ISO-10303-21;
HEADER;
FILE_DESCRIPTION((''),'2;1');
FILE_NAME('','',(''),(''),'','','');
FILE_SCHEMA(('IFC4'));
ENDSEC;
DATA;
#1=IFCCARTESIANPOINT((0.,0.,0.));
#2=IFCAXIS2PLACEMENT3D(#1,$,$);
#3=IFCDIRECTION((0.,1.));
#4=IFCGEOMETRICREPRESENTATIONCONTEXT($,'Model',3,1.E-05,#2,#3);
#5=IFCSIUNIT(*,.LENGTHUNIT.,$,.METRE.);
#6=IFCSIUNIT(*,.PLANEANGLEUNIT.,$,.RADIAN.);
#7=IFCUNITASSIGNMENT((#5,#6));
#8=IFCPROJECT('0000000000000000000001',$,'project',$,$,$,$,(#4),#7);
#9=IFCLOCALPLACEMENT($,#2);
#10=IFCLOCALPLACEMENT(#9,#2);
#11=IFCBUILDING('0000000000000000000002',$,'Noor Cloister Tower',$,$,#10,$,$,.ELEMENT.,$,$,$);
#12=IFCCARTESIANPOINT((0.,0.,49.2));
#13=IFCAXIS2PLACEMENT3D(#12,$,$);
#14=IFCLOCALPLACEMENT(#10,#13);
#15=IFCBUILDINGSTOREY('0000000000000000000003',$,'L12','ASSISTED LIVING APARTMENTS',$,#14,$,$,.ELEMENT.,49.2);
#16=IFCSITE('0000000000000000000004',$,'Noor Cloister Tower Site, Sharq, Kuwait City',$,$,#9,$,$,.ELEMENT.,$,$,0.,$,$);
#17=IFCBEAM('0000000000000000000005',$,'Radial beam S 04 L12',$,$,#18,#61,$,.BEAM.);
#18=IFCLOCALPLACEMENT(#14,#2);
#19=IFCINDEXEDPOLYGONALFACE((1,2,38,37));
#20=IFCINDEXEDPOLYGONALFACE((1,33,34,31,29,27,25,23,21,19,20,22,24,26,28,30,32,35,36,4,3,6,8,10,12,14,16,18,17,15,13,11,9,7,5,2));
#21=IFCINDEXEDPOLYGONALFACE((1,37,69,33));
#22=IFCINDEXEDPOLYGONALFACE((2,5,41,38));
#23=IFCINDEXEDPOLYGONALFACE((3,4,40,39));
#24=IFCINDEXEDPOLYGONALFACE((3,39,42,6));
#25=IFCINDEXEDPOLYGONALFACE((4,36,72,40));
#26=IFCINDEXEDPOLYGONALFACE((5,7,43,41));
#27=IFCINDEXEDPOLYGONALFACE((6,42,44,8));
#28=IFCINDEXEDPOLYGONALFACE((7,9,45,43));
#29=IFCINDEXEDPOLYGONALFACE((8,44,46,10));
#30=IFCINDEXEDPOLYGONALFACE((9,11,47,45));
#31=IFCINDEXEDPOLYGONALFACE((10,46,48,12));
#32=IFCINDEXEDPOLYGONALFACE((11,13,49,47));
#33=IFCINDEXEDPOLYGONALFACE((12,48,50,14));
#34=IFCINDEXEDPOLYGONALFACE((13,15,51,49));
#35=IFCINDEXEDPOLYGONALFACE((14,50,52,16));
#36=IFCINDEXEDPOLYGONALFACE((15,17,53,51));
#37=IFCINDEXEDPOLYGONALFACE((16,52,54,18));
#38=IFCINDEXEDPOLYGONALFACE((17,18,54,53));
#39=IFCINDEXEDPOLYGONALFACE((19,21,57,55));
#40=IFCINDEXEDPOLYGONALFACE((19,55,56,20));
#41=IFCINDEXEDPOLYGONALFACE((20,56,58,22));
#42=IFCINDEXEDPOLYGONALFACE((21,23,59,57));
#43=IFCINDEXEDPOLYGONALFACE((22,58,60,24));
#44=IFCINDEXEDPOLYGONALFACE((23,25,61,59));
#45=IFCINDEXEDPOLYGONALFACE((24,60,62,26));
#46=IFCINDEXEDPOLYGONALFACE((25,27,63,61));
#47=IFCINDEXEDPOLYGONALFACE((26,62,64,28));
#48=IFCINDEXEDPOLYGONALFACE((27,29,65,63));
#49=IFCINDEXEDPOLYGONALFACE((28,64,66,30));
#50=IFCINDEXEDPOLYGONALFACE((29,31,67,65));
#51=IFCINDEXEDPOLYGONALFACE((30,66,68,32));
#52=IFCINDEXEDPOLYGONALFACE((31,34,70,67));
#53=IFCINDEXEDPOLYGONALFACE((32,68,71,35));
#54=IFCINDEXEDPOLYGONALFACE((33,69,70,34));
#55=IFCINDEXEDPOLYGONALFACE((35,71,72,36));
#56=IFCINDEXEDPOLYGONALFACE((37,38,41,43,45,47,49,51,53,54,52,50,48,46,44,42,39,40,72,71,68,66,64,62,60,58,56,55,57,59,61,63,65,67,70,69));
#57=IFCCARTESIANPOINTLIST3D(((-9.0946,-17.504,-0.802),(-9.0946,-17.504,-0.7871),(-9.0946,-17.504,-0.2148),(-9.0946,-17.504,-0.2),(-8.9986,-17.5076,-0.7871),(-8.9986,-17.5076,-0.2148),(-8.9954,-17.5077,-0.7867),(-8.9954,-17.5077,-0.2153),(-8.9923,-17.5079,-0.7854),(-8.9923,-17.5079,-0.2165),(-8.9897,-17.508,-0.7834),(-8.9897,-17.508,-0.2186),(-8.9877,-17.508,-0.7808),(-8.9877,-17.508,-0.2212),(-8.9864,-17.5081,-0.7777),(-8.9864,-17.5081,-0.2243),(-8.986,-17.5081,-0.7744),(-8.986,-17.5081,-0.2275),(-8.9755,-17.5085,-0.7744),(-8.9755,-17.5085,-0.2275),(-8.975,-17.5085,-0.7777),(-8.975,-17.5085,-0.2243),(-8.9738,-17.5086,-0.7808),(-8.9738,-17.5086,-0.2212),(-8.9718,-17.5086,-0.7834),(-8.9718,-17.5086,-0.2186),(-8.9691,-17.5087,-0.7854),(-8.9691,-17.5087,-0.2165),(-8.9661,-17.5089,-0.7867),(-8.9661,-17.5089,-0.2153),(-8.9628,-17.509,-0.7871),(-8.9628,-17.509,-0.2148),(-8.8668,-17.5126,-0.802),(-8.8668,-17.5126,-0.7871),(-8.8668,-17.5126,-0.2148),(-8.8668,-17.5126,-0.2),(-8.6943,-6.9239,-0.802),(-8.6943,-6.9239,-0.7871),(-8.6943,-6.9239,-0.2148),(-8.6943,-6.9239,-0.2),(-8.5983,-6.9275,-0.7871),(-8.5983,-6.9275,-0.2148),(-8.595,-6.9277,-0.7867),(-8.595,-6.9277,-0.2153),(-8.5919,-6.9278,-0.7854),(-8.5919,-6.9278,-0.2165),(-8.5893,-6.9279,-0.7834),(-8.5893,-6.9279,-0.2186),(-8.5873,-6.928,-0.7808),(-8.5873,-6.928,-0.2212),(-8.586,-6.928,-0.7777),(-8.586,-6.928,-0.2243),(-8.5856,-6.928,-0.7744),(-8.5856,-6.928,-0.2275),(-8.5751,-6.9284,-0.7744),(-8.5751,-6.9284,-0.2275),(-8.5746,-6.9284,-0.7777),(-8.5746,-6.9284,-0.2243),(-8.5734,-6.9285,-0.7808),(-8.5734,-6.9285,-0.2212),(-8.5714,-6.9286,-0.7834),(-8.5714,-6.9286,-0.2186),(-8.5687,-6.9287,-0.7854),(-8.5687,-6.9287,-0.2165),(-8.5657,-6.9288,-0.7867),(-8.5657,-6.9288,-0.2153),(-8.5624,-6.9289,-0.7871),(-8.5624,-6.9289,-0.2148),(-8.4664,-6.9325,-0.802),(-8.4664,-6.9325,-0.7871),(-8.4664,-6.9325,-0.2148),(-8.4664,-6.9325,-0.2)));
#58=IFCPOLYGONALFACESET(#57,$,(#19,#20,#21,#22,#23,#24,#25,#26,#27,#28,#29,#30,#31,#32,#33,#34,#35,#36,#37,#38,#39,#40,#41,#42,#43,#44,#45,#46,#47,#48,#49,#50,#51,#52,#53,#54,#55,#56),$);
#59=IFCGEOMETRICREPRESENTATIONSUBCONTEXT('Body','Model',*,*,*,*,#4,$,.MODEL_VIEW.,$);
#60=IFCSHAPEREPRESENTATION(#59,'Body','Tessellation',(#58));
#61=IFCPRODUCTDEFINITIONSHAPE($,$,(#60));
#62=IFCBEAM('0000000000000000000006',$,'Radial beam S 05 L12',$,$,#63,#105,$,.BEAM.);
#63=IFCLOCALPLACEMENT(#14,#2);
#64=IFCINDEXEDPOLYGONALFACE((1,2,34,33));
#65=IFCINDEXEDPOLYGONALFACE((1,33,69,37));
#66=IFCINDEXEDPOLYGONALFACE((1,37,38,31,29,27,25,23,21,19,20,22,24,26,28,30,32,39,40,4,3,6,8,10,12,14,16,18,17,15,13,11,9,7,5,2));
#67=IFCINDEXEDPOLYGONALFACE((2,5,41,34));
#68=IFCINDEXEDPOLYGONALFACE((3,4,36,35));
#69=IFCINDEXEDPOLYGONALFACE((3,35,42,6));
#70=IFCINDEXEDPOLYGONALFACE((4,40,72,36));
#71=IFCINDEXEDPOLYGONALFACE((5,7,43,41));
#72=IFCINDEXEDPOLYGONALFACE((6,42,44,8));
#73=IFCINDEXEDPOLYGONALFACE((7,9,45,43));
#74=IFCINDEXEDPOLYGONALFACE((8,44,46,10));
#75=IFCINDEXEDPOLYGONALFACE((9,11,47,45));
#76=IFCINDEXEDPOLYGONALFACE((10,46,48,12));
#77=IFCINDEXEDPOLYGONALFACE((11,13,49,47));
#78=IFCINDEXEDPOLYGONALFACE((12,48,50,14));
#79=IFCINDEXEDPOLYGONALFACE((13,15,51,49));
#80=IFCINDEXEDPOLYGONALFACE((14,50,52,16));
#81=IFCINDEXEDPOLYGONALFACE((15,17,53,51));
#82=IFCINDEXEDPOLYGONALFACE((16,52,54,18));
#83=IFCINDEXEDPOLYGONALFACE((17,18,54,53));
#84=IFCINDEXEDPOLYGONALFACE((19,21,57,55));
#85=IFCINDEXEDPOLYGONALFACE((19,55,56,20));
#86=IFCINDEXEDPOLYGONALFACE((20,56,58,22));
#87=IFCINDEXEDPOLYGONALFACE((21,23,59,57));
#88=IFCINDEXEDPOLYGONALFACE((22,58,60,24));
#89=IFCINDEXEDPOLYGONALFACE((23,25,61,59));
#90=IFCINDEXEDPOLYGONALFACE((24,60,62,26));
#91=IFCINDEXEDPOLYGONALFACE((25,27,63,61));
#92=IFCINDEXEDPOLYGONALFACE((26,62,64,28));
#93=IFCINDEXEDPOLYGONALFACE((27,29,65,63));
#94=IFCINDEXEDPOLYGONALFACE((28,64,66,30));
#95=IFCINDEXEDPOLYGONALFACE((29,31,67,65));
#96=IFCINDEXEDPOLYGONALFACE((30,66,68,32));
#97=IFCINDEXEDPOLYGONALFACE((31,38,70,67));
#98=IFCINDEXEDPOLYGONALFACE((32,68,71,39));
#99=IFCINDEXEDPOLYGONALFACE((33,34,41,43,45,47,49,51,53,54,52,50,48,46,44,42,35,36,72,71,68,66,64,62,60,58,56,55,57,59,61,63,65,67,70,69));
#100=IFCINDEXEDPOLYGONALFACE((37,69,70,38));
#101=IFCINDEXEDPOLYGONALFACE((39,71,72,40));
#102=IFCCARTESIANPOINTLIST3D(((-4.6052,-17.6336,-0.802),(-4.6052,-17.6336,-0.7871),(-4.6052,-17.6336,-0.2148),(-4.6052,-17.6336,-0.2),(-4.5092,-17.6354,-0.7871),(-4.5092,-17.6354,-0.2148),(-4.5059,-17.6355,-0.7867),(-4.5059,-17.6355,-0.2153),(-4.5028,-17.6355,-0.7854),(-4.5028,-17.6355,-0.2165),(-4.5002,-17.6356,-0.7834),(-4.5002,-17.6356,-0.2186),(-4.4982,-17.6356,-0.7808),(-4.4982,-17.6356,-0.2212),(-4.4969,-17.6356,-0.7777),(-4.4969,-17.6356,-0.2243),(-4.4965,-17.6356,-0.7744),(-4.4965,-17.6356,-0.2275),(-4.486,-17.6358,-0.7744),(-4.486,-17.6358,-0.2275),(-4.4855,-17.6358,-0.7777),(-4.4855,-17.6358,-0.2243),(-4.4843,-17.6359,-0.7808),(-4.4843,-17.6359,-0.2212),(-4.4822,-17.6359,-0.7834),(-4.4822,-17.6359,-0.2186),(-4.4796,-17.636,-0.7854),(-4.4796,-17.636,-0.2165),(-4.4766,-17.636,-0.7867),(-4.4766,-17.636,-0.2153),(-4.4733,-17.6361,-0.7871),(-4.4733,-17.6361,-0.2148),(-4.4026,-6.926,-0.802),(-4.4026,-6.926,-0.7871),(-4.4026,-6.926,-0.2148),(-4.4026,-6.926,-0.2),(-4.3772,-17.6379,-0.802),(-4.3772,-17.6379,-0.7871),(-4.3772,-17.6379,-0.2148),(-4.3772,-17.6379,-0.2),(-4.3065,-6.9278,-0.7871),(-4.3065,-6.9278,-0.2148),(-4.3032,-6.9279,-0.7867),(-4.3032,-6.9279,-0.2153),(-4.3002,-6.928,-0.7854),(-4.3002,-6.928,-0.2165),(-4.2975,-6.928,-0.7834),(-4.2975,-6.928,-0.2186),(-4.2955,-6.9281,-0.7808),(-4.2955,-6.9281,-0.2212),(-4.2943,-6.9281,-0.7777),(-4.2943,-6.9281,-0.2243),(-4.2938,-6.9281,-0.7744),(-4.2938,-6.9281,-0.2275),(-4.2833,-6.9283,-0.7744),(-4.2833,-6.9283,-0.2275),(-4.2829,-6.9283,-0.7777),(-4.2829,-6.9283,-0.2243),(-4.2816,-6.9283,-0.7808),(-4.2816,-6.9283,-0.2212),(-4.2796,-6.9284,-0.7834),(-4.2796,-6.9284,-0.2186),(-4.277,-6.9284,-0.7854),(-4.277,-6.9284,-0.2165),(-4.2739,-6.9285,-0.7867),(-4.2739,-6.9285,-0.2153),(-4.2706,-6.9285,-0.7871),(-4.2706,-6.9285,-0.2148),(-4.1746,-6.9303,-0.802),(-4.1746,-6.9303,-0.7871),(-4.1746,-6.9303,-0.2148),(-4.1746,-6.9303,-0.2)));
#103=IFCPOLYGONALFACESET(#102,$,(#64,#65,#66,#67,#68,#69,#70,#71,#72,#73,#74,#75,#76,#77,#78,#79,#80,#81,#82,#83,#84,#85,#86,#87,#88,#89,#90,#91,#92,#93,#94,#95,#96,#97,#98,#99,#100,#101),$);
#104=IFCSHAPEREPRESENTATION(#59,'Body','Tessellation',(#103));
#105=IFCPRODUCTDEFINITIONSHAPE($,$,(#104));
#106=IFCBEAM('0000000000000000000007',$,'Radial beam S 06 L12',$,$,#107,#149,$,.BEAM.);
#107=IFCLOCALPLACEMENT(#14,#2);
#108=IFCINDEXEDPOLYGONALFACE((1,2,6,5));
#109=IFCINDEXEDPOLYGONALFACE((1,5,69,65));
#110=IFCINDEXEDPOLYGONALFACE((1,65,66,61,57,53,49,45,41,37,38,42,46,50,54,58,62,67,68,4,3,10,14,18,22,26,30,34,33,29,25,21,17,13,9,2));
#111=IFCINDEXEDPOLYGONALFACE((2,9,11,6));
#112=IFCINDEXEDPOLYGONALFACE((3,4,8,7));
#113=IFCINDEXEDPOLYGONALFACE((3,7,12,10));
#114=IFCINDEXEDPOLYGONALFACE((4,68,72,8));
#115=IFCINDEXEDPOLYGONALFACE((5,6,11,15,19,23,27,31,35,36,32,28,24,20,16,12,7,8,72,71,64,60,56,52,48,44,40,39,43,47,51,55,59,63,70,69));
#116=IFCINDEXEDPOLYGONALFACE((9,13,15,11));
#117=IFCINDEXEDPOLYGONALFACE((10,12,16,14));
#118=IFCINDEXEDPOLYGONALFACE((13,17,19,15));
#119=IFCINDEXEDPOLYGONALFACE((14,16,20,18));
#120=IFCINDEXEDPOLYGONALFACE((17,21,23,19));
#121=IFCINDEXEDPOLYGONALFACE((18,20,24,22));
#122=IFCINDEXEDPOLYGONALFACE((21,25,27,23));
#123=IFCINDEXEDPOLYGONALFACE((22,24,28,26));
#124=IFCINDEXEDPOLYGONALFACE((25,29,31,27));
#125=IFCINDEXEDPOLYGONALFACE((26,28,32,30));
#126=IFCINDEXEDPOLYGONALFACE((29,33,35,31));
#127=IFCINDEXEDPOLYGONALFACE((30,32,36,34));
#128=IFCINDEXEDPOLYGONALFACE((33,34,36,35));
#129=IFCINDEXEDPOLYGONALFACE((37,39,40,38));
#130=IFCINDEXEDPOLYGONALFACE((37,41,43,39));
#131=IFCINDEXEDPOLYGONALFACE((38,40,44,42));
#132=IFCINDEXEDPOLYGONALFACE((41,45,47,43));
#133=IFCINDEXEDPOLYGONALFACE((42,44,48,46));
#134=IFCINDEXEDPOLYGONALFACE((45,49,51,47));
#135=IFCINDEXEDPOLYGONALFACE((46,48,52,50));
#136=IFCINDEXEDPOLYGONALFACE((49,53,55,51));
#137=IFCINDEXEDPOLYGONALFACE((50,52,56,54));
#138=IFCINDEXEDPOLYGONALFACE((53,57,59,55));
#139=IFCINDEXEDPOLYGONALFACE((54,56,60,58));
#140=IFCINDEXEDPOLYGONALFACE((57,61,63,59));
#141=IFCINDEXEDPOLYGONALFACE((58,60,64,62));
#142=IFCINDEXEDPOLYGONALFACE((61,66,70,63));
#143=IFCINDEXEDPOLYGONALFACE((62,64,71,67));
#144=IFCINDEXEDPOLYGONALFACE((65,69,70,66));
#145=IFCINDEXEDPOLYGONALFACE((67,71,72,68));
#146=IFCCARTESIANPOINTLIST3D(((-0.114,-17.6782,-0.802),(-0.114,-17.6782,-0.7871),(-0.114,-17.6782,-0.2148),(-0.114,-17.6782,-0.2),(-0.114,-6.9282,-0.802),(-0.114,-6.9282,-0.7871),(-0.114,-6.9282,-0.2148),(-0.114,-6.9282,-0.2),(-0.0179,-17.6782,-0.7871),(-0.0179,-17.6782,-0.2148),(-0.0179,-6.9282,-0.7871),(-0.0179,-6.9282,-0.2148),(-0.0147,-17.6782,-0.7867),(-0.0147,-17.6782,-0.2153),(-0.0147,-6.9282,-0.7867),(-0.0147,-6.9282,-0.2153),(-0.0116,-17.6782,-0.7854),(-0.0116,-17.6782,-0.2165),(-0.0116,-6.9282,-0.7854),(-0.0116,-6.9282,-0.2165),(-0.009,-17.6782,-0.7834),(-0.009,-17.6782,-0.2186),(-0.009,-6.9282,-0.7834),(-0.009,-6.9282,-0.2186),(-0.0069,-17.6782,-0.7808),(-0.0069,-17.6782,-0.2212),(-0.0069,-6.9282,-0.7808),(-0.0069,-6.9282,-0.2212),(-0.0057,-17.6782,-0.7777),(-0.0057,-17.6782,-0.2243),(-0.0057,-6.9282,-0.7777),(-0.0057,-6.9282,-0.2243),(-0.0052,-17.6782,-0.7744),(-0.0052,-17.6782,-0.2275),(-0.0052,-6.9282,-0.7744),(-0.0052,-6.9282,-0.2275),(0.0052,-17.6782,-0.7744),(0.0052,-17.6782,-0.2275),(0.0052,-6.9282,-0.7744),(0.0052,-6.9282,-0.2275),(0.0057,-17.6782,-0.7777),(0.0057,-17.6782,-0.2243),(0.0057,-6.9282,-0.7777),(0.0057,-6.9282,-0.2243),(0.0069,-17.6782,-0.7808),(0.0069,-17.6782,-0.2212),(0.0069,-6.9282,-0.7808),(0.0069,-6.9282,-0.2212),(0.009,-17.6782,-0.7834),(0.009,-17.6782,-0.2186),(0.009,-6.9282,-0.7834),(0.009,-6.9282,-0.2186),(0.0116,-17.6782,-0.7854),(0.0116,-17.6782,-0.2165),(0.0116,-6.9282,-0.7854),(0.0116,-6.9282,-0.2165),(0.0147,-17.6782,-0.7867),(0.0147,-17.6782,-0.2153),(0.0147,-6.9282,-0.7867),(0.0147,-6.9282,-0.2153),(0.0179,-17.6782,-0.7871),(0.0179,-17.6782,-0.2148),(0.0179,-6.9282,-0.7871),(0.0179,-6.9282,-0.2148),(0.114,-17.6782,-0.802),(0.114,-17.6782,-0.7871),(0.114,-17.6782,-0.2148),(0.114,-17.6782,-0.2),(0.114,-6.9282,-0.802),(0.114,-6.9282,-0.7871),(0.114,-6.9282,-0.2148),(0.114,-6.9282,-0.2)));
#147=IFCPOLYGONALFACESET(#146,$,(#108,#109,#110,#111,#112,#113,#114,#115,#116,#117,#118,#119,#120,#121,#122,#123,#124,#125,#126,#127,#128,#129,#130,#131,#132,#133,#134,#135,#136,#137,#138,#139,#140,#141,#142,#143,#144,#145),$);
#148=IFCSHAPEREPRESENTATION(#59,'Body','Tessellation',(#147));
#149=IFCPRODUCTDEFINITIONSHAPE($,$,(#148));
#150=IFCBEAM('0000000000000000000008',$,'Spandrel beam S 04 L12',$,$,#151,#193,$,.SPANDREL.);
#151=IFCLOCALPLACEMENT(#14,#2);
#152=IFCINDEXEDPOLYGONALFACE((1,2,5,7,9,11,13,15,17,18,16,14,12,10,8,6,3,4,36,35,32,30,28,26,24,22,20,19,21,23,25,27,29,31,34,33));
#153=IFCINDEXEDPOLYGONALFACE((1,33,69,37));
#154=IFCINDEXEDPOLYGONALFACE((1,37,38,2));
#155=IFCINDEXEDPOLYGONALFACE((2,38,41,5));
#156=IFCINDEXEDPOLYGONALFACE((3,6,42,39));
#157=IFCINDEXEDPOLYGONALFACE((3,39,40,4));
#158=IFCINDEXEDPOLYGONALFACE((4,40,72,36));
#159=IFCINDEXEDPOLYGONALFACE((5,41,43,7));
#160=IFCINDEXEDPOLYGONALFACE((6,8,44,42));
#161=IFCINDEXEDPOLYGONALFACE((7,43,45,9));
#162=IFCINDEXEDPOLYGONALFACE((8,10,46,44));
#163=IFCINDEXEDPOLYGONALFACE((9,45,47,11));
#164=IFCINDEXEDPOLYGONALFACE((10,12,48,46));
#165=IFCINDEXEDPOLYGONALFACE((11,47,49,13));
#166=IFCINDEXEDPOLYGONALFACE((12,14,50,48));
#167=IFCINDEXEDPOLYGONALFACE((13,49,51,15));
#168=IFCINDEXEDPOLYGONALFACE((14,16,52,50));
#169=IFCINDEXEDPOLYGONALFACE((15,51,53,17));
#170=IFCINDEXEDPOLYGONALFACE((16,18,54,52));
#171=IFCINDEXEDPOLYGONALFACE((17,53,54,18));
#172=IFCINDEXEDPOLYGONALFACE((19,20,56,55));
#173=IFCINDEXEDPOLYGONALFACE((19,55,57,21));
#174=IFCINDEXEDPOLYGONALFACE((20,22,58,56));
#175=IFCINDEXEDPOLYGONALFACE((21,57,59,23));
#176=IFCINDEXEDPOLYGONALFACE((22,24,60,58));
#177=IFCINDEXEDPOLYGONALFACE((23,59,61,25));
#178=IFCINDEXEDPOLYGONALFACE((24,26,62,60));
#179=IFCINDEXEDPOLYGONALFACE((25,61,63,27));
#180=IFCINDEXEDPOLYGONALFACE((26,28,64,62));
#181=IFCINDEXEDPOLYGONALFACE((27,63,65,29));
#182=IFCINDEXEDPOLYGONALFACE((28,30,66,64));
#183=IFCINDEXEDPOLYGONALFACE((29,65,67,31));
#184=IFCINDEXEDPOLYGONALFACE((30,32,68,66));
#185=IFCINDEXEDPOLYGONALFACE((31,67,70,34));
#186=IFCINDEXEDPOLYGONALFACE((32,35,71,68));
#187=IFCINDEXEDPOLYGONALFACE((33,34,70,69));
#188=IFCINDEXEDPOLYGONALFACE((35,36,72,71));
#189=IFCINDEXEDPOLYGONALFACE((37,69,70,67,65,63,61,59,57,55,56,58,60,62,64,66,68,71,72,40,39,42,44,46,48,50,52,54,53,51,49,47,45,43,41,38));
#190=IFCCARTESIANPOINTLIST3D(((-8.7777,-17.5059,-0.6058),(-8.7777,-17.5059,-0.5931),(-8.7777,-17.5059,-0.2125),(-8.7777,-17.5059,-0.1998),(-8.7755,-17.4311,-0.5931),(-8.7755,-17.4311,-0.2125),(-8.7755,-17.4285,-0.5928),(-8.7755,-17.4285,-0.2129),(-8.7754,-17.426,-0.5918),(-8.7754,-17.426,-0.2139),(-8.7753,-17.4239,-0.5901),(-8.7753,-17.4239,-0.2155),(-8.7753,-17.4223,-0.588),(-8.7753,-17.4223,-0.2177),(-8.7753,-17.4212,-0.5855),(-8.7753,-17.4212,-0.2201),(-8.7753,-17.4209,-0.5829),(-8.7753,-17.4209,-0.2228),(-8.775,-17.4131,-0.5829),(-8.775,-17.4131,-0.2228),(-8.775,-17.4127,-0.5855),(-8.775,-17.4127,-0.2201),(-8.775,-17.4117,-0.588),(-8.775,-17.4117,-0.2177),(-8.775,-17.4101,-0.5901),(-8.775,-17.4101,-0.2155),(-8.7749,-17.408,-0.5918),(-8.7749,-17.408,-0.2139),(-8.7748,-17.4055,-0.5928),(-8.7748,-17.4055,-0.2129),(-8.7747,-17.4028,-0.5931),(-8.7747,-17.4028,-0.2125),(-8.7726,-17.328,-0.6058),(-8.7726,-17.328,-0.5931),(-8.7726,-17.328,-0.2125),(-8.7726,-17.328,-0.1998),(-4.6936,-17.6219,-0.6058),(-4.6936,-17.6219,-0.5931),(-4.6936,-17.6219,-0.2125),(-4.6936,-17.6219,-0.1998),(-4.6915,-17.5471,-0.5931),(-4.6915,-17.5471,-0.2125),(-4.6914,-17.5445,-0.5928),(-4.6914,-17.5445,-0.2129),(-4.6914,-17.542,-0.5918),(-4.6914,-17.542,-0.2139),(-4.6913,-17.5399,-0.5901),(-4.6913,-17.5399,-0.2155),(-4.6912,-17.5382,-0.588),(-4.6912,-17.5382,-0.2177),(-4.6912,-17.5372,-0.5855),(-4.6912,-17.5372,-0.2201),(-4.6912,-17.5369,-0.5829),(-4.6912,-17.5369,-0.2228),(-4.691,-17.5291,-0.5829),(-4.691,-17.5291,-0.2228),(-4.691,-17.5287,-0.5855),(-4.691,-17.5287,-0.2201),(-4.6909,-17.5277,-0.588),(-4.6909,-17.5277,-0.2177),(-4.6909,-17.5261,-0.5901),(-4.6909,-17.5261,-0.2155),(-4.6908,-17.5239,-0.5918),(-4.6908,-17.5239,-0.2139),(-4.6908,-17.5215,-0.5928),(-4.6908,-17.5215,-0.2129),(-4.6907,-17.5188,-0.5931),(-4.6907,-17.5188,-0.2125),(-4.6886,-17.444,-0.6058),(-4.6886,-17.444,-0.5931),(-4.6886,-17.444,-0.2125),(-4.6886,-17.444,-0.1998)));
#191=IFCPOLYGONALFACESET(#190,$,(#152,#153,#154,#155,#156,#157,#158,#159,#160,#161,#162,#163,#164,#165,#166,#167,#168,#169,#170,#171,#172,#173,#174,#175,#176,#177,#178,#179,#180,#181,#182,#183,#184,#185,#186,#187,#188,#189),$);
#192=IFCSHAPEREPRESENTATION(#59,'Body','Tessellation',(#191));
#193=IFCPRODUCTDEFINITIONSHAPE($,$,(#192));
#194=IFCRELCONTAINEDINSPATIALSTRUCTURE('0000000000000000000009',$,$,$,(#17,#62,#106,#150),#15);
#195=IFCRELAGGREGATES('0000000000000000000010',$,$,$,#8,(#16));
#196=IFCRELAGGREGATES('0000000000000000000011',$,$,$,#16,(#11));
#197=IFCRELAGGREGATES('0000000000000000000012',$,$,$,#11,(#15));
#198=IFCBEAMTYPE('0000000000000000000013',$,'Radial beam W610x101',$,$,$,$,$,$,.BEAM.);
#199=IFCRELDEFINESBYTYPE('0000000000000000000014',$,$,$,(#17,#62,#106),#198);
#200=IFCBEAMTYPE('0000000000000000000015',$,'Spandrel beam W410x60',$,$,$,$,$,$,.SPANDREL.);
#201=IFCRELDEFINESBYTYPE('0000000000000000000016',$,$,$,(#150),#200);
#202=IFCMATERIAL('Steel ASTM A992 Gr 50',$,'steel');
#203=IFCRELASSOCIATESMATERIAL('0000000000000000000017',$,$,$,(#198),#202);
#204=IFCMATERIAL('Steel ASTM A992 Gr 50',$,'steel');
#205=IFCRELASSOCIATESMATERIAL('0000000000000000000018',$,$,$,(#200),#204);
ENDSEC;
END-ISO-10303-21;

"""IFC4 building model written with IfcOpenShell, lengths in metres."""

from ifc_helpers import new_model, si_unit, direction, frame, origin, origin_2d, place, context, subcontext, project, spatial, i_section, extrude, material, material_profile, profile_set, type_object, element, save


model = new_model("IFC4")

# Units and contexts
model_context = context("Model", 3, precision=1e-05, world=origin(), true_north=direction((0.0, 1.0)))
body_context = subcontext(model_context, "Body", "Model", "MODEL_VIEW")
ifc_project = project(units=[si_unit("LENGTHUNIT", "METRE"), si_unit("PLANEANGLEUNIT", "RADIAN")], contexts=[model_context])

# Site, building, storey
site_placement = place(None, origin())
site = spatial("IfcSite", under=ifc_project, at=site_placement, Name="Noor Cloister Tower Site, Sharq, Kuwait City", CompositionType="ELEMENT", RefElevation=0.0)
building_placement = place(site_placement, origin())
building = spatial("IfcBuilding", under=site, at=building_placement, Name="Noor Cloister Tower", CompositionType="ELEMENT")
storey_placement = place(building_placement, frame((0.0, 0.0, 49.2)))
storey = spatial("IfcBuildingStorey", under=building, at=storey_placement, Name="L12", Description="ASSISTED LIVING APARTMENTS", CompositionType="ELEMENT", Elevation=49.2)

# Beams
ifc_material_1 = material(Name="Steel ASTM A992 Gr 50", Category="steel")
ifc_material_profile_1 = material_profile(ifc_material_1, i_section(OverallWidth=0.228, OverallDepth=0.6021, WebThickness=0.0105, FlangeThickness=0.0149, FilletRadius=0.0127, at=origin_2d()), Name="W610x101")
ifc_profile_set_1 = profile_set([ifc_material_profile_1], Name="Steel ASTM A992 Gr 50")
beam_type_1 = type_object("IfcBeamType", Name="Radial beam W610x101", PredefinedType="BEAM", material=ifc_profile_set_1)
beam_1_placement = place(storey_placement, frame((-8.9807, -17.5083, -0.501), z_axis=(0.037817, 0.999285, 0.0), x_axis=(-0.999285, 0.037817, 0.0)))
element("IfcBeam", 1, at=beam_1_placement, inside=storey, type_object=beam_type_1, Name="Radial beam S 04 L12", PredefinedType="BEAM", context=body_context, shape_type="SweptSolid", body=[
    extrude(i_section(OverallWidth=0.228, OverallDepth=0.6021, WebThickness=0.0105, FlangeThickness=0.0149, FilletRadius=0.0127, at=origin_2d()), origin(), (0.0, 0.0, 1.0), 10.5876),
])
beam_2_placement = place(storey_placement, frame((-4.4912, -17.6357, -0.501), z_axis=(0.018921, 0.999821, 0.0), x_axis=(-0.999821, 0.018921, 0.0)))
element("IfcBeam", 2, at=beam_2_placement, inside=storey, type_object=beam_type_1, Name="Radial beam S 05 L12", PredefinedType="BEAM", context=body_context, shape_type="SweptSolid", body=[
    extrude(i_section(OverallWidth=0.228, OverallDepth=0.6021, WebThickness=0.0105, FlangeThickness=0.0149, FilletRadius=0.0127, at=origin_2d()), origin(), (0.0, 0.0, 1.0), 10.7095),
])
beam_3_placement = place(storey_placement, frame((0.0, -17.6782, -0.501), z_axis=(0.0, 1.0, 0.0), x_axis=(-1.0, 0.0, 0.0)))
element("IfcBeam", 3, at=beam_3_placement, inside=storey, type_object=beam_type_1, Name="Radial beam S 06 L12", PredefinedType="BEAM", context=body_context, shape_type="SweptSolid", body=[
    extrude(i_section(OverallWidth=0.228, OverallDepth=0.6021, WebThickness=0.0105, FlangeThickness=0.0149, FilletRadius=0.0127, at=origin_2d()), origin(), (0.0, 0.0, 1.0), 10.75),
])
ifc_material_2 = material(Name="Steel ASTM A992 Gr 50", Category="steel")
ifc_material_profile_2 = material_profile(ifc_material_2, i_section(OverallWidth=0.178, OverallDepth=0.406, WebThickness=0.0078, FlangeThickness=0.0127, FilletRadius=0.0103, at=origin_2d()), Name="W410x60")
ifc_profile_set_2 = profile_set([ifc_material_profile_2], Name="Steel ASTM A992 Gr 50")
beam_type_2 = type_object("IfcBeamType", Name="Spandrel beam W410x60", PredefinedType="SPANDREL", material=ifc_profile_set_2)
for number, where, z_axis, x_axis, name in (
    (4, (-8.7751, -17.417, -0.4028), (0.999597, -0.028384, 0.0), (0.028384, 0.999597, 0.0), "Spandrel beam S 04 L12"),
):
    element("IfcBeam", number, at=place(storey_placement, frame(where, z_axis=z_axis, x_axis=x_axis)), inside=storey, type_object=beam_type_2, Name=name, PredefinedType="SPANDREL", context=body_context, shape_type="SweptSolid", body=[
        extrude(i_section(OverallWidth=0.178, OverallDepth=0.406, WebThickness=0.0078, FlangeThickness=0.0127, FilletRadius=0.0103, at=origin_2d()), origin(), (0.0, 0.0, 1.0), 4.0857),
    ])

save(model, "model.ifc")
